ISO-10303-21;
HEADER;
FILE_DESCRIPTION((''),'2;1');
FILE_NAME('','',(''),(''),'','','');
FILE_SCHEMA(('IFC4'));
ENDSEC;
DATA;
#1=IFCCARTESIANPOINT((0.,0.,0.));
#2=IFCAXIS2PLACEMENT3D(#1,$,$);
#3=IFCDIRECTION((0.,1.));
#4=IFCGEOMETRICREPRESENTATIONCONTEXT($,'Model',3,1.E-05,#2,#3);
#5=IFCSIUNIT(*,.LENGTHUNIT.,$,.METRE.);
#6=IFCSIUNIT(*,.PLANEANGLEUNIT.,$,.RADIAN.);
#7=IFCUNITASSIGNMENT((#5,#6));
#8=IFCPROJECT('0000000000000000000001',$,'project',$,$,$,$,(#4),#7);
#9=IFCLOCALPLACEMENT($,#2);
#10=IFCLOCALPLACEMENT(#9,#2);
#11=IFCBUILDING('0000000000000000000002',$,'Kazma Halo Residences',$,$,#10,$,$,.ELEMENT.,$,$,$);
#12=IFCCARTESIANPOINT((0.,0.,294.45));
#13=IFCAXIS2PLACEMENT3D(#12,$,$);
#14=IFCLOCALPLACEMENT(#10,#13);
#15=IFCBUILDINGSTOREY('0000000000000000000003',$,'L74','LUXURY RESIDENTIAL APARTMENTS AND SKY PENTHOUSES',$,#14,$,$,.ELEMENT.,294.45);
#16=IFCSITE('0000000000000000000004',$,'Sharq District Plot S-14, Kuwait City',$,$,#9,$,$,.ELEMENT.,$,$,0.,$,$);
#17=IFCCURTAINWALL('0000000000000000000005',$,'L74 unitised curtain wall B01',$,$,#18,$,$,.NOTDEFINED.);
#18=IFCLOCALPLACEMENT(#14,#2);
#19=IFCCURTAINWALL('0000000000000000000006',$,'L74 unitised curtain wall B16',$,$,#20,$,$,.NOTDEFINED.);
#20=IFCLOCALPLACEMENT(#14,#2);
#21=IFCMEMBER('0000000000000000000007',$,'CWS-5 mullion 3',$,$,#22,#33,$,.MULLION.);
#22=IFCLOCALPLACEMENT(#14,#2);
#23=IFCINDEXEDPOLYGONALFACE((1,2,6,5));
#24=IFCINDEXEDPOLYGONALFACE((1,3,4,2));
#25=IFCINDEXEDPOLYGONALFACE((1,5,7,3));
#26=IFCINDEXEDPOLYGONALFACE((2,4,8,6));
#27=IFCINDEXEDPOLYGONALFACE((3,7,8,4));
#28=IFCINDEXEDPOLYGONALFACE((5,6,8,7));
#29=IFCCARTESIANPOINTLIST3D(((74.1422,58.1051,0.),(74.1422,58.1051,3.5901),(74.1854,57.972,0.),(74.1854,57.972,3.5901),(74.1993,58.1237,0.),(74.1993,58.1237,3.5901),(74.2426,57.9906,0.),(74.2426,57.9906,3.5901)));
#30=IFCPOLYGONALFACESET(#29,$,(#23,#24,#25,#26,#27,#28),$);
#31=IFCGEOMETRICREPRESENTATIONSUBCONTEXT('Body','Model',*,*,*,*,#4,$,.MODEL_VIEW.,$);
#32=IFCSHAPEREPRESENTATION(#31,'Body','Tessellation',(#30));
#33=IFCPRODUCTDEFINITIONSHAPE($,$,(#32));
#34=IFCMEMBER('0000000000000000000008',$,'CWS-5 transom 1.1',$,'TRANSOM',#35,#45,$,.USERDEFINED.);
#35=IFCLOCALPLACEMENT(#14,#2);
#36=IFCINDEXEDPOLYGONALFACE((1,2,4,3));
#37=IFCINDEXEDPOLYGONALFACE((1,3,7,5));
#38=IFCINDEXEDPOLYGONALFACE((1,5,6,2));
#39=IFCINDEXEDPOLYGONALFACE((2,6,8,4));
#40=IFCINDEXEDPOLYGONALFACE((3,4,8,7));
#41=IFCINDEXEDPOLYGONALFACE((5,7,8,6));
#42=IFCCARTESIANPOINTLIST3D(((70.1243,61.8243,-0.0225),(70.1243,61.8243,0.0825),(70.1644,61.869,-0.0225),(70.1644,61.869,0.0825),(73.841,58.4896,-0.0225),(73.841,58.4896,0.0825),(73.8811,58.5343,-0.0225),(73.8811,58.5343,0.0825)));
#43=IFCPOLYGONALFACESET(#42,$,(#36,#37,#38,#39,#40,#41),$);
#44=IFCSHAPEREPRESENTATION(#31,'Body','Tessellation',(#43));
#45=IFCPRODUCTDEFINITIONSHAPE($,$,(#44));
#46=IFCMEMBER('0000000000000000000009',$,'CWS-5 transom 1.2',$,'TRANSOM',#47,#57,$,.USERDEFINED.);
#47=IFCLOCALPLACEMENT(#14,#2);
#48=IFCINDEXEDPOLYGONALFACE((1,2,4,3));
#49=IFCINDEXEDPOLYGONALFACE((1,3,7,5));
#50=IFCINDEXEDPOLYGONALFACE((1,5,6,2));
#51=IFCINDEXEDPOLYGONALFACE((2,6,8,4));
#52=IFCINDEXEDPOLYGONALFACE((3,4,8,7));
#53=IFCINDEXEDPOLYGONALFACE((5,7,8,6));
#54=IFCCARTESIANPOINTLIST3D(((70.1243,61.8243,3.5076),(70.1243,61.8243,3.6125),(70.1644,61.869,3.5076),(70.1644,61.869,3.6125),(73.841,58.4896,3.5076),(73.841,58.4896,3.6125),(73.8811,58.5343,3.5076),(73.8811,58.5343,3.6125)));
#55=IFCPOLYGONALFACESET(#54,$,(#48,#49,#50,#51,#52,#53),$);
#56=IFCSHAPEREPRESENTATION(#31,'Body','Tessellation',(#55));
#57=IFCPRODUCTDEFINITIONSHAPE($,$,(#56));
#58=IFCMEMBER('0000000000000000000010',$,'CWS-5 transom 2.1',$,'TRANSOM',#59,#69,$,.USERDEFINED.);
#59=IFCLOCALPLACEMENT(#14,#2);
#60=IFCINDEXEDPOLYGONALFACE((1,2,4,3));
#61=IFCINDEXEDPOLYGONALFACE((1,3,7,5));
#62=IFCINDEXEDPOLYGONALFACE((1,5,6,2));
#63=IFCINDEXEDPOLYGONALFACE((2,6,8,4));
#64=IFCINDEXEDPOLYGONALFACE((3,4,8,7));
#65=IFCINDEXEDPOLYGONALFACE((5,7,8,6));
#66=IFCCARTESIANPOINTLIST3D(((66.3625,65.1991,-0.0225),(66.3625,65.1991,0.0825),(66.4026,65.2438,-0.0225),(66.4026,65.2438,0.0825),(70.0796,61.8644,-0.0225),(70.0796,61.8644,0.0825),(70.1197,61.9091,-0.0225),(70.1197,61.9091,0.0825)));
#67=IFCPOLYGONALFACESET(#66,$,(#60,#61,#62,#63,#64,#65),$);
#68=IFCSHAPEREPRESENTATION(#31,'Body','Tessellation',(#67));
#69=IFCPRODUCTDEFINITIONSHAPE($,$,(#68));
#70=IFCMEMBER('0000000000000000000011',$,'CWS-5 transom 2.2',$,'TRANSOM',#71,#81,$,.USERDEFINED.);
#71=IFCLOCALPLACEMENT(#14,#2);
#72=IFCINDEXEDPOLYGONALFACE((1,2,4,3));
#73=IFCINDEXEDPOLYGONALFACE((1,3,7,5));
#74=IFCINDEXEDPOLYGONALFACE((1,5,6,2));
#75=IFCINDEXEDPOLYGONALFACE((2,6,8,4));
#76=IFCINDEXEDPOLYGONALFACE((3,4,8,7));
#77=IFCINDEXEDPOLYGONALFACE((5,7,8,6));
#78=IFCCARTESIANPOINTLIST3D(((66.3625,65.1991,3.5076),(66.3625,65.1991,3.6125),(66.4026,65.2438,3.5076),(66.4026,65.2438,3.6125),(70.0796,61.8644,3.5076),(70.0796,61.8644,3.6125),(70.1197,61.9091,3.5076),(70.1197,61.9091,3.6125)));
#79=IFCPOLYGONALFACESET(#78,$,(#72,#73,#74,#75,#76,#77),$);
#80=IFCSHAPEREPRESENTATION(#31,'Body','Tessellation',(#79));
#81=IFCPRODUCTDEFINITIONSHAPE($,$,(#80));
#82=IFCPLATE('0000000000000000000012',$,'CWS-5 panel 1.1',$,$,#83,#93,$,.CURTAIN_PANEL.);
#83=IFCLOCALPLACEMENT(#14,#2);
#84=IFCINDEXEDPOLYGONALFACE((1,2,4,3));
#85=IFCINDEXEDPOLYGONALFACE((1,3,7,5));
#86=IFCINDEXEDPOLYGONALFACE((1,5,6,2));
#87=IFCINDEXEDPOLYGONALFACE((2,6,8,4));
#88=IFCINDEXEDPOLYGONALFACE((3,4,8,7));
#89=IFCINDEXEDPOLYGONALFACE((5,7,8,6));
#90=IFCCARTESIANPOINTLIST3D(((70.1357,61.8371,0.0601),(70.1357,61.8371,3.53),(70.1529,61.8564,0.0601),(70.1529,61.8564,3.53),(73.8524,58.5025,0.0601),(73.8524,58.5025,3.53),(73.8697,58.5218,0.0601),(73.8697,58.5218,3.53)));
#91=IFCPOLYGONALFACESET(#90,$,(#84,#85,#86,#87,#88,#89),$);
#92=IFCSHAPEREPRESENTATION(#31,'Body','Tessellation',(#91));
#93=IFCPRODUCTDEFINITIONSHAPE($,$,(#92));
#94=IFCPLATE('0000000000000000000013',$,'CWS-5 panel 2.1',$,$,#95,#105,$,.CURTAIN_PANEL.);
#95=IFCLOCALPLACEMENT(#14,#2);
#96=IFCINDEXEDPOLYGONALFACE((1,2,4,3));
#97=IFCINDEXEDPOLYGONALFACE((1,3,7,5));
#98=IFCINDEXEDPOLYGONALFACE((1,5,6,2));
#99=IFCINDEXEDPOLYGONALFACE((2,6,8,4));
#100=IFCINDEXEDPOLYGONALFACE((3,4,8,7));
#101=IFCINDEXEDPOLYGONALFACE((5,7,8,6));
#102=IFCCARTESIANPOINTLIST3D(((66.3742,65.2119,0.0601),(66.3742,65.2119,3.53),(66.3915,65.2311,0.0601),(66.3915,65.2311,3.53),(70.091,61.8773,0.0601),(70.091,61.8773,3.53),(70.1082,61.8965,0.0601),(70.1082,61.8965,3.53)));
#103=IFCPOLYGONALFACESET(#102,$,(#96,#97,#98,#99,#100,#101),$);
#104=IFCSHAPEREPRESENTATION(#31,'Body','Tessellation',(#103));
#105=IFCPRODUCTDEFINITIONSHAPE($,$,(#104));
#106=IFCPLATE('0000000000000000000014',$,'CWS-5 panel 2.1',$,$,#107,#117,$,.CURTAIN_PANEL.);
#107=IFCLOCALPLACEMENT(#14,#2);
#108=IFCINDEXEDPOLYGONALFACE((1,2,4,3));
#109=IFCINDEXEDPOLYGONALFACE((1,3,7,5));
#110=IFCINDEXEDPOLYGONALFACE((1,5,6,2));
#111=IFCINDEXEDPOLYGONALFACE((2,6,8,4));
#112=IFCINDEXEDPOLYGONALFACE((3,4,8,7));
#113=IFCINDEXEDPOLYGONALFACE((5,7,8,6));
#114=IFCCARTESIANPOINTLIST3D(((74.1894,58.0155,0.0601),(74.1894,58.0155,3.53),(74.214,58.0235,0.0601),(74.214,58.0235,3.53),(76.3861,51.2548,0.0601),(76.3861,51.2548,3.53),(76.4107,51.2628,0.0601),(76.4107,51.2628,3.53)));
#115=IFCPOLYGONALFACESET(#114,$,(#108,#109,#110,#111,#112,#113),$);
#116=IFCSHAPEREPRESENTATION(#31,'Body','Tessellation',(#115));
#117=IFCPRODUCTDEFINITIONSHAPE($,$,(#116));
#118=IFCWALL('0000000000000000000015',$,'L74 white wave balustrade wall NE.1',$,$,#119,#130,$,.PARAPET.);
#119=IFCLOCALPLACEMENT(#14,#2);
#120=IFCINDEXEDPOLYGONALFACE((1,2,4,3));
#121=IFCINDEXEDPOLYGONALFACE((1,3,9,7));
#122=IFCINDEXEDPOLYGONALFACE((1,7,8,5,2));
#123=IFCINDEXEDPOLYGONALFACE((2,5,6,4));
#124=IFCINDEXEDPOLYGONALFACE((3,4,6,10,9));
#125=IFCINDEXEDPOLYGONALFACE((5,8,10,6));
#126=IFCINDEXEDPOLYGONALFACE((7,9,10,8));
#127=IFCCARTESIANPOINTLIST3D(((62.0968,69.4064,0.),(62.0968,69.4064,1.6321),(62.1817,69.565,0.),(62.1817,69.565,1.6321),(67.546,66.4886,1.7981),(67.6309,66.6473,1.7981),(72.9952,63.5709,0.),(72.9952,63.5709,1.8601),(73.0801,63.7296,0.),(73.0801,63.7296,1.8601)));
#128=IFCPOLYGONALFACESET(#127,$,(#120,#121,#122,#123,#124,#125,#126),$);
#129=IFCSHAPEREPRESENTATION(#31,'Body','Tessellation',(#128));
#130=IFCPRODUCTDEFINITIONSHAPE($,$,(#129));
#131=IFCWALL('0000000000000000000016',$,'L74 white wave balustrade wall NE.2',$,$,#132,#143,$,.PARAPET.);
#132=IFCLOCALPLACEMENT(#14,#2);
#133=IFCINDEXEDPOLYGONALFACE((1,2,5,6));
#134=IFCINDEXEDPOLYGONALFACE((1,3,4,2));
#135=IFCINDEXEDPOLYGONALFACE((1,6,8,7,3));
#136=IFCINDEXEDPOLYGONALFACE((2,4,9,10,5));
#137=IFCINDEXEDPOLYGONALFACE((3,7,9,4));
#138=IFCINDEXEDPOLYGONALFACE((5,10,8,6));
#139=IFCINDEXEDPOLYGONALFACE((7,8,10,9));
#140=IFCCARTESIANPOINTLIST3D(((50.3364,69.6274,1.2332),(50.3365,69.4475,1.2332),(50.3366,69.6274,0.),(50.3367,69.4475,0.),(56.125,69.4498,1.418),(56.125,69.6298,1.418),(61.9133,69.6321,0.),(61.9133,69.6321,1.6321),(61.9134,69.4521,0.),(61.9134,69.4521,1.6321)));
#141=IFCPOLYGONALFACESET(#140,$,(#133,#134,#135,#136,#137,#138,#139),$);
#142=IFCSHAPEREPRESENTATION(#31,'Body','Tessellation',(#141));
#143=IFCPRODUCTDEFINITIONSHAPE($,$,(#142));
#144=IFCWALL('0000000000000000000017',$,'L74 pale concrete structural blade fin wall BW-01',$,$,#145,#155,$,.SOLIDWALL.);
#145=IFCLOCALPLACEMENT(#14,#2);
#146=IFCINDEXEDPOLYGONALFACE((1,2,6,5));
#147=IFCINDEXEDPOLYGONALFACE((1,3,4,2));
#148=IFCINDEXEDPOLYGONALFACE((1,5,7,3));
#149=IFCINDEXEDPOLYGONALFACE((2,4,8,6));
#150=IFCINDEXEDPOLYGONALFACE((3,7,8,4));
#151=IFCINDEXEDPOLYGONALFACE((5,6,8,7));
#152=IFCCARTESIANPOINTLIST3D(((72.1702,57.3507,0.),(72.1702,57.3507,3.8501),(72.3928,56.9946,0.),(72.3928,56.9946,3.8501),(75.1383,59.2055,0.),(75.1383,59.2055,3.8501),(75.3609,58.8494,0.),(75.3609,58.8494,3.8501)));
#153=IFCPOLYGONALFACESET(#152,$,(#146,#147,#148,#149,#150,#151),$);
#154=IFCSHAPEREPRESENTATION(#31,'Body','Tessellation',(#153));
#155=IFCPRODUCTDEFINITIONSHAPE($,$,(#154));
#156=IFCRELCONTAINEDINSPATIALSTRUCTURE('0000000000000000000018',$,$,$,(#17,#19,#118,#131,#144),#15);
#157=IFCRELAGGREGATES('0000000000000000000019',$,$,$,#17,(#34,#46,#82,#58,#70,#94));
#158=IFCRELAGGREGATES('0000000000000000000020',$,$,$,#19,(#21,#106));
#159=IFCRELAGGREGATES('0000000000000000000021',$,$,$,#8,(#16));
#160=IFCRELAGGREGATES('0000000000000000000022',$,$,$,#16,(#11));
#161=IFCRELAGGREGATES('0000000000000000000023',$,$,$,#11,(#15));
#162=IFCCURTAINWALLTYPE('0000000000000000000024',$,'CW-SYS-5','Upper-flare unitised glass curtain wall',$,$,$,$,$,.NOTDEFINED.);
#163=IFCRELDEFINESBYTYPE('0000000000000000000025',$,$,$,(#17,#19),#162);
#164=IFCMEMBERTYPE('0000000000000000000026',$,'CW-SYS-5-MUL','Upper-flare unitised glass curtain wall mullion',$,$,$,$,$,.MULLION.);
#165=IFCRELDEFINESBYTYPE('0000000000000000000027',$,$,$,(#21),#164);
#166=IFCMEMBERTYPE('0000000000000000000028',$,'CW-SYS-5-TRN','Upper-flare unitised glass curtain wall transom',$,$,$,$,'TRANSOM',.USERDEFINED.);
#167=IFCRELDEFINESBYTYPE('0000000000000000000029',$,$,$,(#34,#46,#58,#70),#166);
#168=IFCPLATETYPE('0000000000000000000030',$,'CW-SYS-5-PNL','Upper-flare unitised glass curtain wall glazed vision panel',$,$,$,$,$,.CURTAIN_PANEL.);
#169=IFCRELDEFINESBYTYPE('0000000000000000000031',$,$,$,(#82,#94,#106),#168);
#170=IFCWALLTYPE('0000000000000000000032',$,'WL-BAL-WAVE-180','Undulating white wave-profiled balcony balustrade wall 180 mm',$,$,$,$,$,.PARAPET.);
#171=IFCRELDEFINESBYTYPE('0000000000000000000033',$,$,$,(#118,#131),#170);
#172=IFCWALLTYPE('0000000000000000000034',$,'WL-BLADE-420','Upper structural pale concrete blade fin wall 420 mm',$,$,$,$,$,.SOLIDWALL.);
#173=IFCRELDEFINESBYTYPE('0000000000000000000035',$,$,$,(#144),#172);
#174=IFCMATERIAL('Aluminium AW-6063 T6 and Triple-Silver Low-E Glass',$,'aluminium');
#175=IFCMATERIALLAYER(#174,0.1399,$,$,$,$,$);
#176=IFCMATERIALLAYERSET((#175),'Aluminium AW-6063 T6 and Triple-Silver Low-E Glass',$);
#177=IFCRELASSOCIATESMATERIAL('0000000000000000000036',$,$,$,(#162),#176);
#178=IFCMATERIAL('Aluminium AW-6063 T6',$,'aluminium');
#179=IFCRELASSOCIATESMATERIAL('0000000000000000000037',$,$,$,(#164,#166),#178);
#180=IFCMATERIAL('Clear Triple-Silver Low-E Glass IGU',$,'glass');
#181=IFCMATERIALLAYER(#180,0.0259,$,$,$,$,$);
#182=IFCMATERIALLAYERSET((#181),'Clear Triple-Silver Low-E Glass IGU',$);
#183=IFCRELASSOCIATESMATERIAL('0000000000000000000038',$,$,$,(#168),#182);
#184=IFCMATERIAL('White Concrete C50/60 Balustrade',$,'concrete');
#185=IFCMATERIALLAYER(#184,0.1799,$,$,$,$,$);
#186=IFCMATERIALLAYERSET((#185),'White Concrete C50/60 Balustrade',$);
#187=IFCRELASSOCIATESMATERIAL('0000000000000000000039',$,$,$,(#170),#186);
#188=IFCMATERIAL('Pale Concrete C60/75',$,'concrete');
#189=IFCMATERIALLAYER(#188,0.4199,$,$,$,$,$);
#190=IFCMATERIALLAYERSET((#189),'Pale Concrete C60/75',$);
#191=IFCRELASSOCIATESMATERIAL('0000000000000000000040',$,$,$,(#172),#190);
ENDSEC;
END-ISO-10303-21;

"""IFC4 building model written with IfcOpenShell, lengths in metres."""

from ifc_helpers import new_model, si_unit, direction, frame, frame_2d, origin, origin_2d, place, context, subcontext, project, spatial, polyline, rectangle, outline, extrude, material, layer, layer_set, material_profile, profile_set, type_object, element, aggregate, save


model = new_model("IFC4")

# Units and contexts
model_context = context("Model", 3, precision=1e-05, world=origin(), true_north=direction((0.0, 1.0)))
body_context = subcontext(model_context, "Body", "Model", "MODEL_VIEW")
ifc_project = project(units=[si_unit("LENGTHUNIT", "METRE"), si_unit("PLANEANGLEUNIT", "RADIAN")], contexts=[model_context])

# Site, building, storey
site_placement = place(None, origin())
site = spatial("IfcSite", under=ifc_project, at=site_placement, Name="Sharq District Plot S-14, Kuwait City", CompositionType="ELEMENT", RefElevation=0.0)
building_placement = place(site_placement, origin())
building = spatial("IfcBuilding", under=site, at=building_placement, Name="Kazma Halo Residences", CompositionType="ELEMENT")
storey_placement = place(building_placement, frame((0.0, 0.0, 294.45)))
storey = spatial("IfcBuildingStorey", under=building, at=storey_placement, Name="L74", Description="LUXURY RESIDENTIAL APARTMENTS AND SKY PENTHOUSES", CompositionType="ELEMENT", Elevation=294.45)

# Curtain wall
ifc_material_1 = material(Name="Aluminium AW-6063 T6 and Triple-Silver Low-E Glass", Category="aluminium")
ifc_layer_1 = layer(ifc_material_1, 0.1399)
ifc_layer_set_1 = layer_set([ifc_layer_1], Name="Aluminium AW-6063 T6 and Triple-Silver Low-E Glass")
curtain_wall_type = type_object("IfcCurtainWallType", Name="CW-SYS-5", Description="Upper-flare unitised glass curtain wall", PredefinedType="NOTDEFINED", material=ifc_layer_set_1)
curtain_wall_1_placement = place(storey_placement, origin())
curtain_wall_1 = element("IfcCurtainWall", 1, at=curtain_wall_1_placement, inside=storey, type_object=curtain_wall_type, Name="L74 unitised curtain wall B01", PredefinedType="NOTDEFINED")
ifc_material_2 = material(Name="Aluminium AW-6063 T6", Category="aluminium")
ifc_material_profile_1 = material_profile(ifc_material_2, rectangle(XDim=0.0601, YDim=0.1399, at=origin_2d()), Name="CWM-60x140")
ifc_profile_set_1 = profile_set([ifc_material_profile_1], Name="Aluminium AW-6063 T6")
member_type_1 = type_object("IfcMemberType", Name="CW-SYS-5-MUL", Description="Upper-flare unitised glass curtain wall mullion", PredefinedType="MULLION", material=ifc_profile_set_1)

# Curtain wall, member
curtain_wall_2_placement = place(storey_placement, origin())
curtain_wall_2 = element("IfcCurtainWall", 2, at=curtain_wall_2_placement, inside=storey, type_object=curtain_wall_type, Name="L74 unitised curtain wall B16", PredefinedType="NOTDEFINED")
member_1_placement = place(storey_placement, frame((74.1924, 58.0479, 0.0), z_axis=(0.0, 0.0, 1.0), x_axis=(-0.951058, -0.309011, 0.0)))
member_1 = element("IfcMember", 3, at=member_1_placement, type_object=member_type_1, Name="CWS-5 mullion 3", PredefinedType="MULLION", context=body_context, shape_type="SweptSolid", body=[
    extrude(rectangle(XDim=0.0601, YDim=0.1399, at=origin_2d()), origin(), (0.0, 0.0, 1.0), 3.5901),
])

# Members
ifc_material_profile_2 = material_profile(ifc_material_2, rectangle(XDim=0.0601, YDim=0.105, at=origin_2d()), Name="CWT-60x105")
ifc_profile_set_2 = profile_set([ifc_material_profile_2], Name="Aluminium AW-6063 T6")
member_type_2 = type_object("IfcMemberType", Name="CW-SYS-5-TRN", Description="Upper-flare unitised glass curtain wall transom", ElementType="TRANSOM", PredefinedType="USERDEFINED", material=ifc_profile_set_2)
member_2_placement = place(storey_placement, frame((73.8611, 58.512, 0.03), z_axis=(-0.744329, 0.667813, 0.0), x_axis=(-0.667813, -0.744329, 0.0)))
member_2 = element("IfcMember", 4, at=member_2_placement, type_object=member_type_2, Name="CWS-5 transom 1.1", ObjectType="TRANSOM", PredefinedType="USERDEFINED", context=body_context, shape_type="SweptSolid", body=[
    extrude(rectangle(XDim=0.0601, YDim=0.105, at=origin_2d()), origin(), (0.0, 0.0, 1.0), 4.9934),
])
member_3_placement = place(storey_placement, frame((73.8611, 58.512, 3.5601), z_axis=(-0.744329, 0.667813, 0.0), x_axis=(-0.667813, -0.744329, 0.0)))
member_3 = element("IfcMember", 5, at=member_3_placement, type_object=member_type_2, Name="CWS-5 transom 1.2", ObjectType="TRANSOM", PredefinedType="USERDEFINED", context=body_context, shape_type="SweptSolid", body=[
    extrude(rectangle(XDim=0.0601, YDim=0.105, at=origin_2d()), origin(), (0.0, 0.0, 1.0), 4.9934),
])
member_4_placement = place(storey_placement, frame((70.0996, 61.8867, 0.03), z_axis=(-0.744351, 0.667789, 0.0), x_axis=(-0.667789, -0.744351, 0.0)))
member_4 = element("IfcMember", 6, at=member_4_placement, type_object=member_type_2, Name="CWS-5 transom 2.1", ObjectType="TRANSOM", PredefinedType="USERDEFINED", context=body_context, shape_type="SweptSolid", body=[
    extrude(rectangle(XDim=0.0601, YDim=0.105, at=origin_2d()), origin(), (0.0, 0.0, 1.0), 4.9937),
])
member_5_placement = place(storey_placement, frame((70.0996, 61.8867, 3.5601), z_axis=(-0.744351, 0.667789, 0.0), x_axis=(-0.667789, -0.744351, 0.0)))
member_5 = element("IfcMember", 7, at=member_5_placement, type_object=member_type_2, Name="CWS-5 transom 2.2", ObjectType="TRANSOM", PredefinedType="USERDEFINED", context=body_context, shape_type="SweptSolid", body=[
    extrude(rectangle(XDim=0.0601, YDim=0.105, at=origin_2d()), origin(), (0.0, 0.0, 1.0), 4.9937),
])

# Plates
ifc_material_3 = material(Name="Clear Triple-Silver Low-E Glass IGU", Category="glass")
ifc_layer_2 = layer(ifc_material_3, 0.0259)
ifc_layer_set_2 = layer_set([ifc_layer_2], Name="Clear Triple-Silver Low-E Glass IGU")
plate_type = type_object("IfcPlateType", Name="CW-SYS-5-PNL", Description="Upper-flare unitised glass curtain wall glazed vision panel", PredefinedType="CURTAIN_PANEL", material=ifc_layer_set_2)
plate_1_placement = place(storey_placement, frame((72.0027, 60.1794, 0.0601), z_axis=(0.0, 0.0, 1.0), x_axis=(-0.744336, 0.667805, 0.0)))
plate_1 = element("IfcPlate", 8, at=plate_1_placement, type_object=plate_type, Name="CWS-5 panel 1.1", PredefinedType="CURTAIN_PANEL", context=body_context, shape_type="SweptSolid", body=[
    extrude(rectangle(XDim=4.9934, YDim=0.0259, at=origin_2d()), origin(), (0.0, 0.0, 1.0), 3.47),
])
plate_2_placement = place(storey_placement, frame((68.2412, 63.5542, 0.0601), z_axis=(0.0, 0.0, 1.0), x_axis=(-0.744336, 0.667805, 0.0)))
plate_2 = element("IfcPlate", 9, at=plate_2_placement, type_object=plate_type, Name="CWS-5 panel 2.1", PredefinedType="CURTAIN_PANEL", context=body_context, shape_type="SweptSolid", body=[
    extrude(rectangle(XDim=4.9934, YDim=0.0259, at=origin_2d()), origin(), (0.0, 0.0, 1.0), 3.47),
])
aggregate(curtain_wall_1, [member_2, member_3, plate_1, member_4, member_5, plate_2])
plate_3_placement = place(storey_placement, frame((75.3, 54.6392, 0.0601), z_axis=(0.0, 0.0, 1.0), x_axis=(-0.309011, 0.951058, 0.0)))
plate_3 = element("IfcPlate", 10, at=plate_3_placement, type_object=plate_type, Name="CWS-5 panel 2.1", PredefinedType="CURTAIN_PANEL", context=body_context, shape_type="SweptSolid", body=[
    extrude(rectangle(XDim=7.1086, YDim=0.0259, at=origin_2d()), origin(), (0.0, 0.0, 1.0), 3.47),
])
aggregate(curtain_wall_2, [member_1, plate_3])

# Walls
ifc_material_4 = material(Name="White Concrete C50/60 Balustrade", Category="concrete")
ifc_layer_3 = layer(ifc_material_4, 0.1799)
ifc_layer_set_3 = layer_set([ifc_layer_3], Name="White Concrete C50/60 Balustrade")
wall_type_1 = type_object("IfcWallType", Name="WL-BAL-WAVE-180", Description="Undulating white wave-profiled balcony balustrade wall 180 mm", PredefinedType="PARAPET", material=ifc_layer_set_3)
wall_1_placement = place(storey_placement, frame((73.0376, 63.6501, 0.0), z_axis=(0.0, 0.0, 1.0), x_axis=(-0.881581, 0.472033, 0.0)))
element("IfcWall", 11, at=wall_1_placement, inside=storey, type_object=wall_type_1, Name="L74 white wave balustrade wall NE.1", PredefinedType="PARAPET", context=body_context, shape_type="SweptSolid", body=[
    extrude(outline(polyline([(0.0, 0.0), (12.3623, 0.0), (12.3623, 1.6321), (6.1812, 1.7981), (0.0, 1.8601), (0.0, 0.0)])), frame((0.0, 0.0898, 0.0), z_axis=(0.0, -1.0, 0.0), x_axis=(1.0, 0.0, 0.0)), (0.0, 0.0, 1.0), 0.1799),
])
wall_2_placement = place(storey_placement, frame((61.9133, 69.542, 0.0), z_axis=(0.0, 0.0, 1.0), x_axis=(-1.0, -0.000401, 0.0)))
element("IfcWall", 12, at=wall_2_placement, inside=storey, type_object=wall_type_1, Name="L74 white wave balustrade wall NE.2", PredefinedType="PARAPET", context=body_context, shape_type="SweptSolid", body=[
    extrude(outline(polyline([(0.0, 0.0), (11.5767, 0.0), (11.5769, 1.2332), (5.7883, 1.418), (0.0, 1.6321), (0.0, 0.0)])), frame((0.0, 0.0898, 0.0), z_axis=(0.0, -1.0, 0.0), x_axis=(1.0, 0.0, 0.0)), (0.0, 0.0, 1.0), 0.1799),
])
ifc_material_5 = material(Name="Pale Concrete C60/75", Category="concrete")
ifc_layer_4 = layer(ifc_material_5, 0.4199)
ifc_layer_set_4 = layer_set([ifc_layer_4], Name="Pale Concrete C60/75")
wall_type_2 = type_object("IfcWallType", Name="WL-BLADE-420", Description="Upper structural pale concrete blade fin wall 420 mm", PredefinedType="SOLIDWALL", material=ifc_layer_set_4)
wall_3_placement = place(storey_placement, frame((72.2815, 57.1726, 0.0), z_axis=(0.0, 0.0, 1.0), x_axis=(0.848034, 0.529943, 0.0)))
element("IfcWall", 13, at=wall_3_placement, inside=storey, type_object=wall_type_2, Name="L74 pale concrete structural blade fin wall BW-01", PredefinedType="SOLIDWALL", context=body_context, shape_type="SweptSolid", body=[
    extrude(rectangle(XDim=3.5, YDim=0.4199, at=frame_2d((1.75, 0.0))), origin(), (0.0, 0.0, 1.0), 3.8501),
])

save(model, "model.ifc")
